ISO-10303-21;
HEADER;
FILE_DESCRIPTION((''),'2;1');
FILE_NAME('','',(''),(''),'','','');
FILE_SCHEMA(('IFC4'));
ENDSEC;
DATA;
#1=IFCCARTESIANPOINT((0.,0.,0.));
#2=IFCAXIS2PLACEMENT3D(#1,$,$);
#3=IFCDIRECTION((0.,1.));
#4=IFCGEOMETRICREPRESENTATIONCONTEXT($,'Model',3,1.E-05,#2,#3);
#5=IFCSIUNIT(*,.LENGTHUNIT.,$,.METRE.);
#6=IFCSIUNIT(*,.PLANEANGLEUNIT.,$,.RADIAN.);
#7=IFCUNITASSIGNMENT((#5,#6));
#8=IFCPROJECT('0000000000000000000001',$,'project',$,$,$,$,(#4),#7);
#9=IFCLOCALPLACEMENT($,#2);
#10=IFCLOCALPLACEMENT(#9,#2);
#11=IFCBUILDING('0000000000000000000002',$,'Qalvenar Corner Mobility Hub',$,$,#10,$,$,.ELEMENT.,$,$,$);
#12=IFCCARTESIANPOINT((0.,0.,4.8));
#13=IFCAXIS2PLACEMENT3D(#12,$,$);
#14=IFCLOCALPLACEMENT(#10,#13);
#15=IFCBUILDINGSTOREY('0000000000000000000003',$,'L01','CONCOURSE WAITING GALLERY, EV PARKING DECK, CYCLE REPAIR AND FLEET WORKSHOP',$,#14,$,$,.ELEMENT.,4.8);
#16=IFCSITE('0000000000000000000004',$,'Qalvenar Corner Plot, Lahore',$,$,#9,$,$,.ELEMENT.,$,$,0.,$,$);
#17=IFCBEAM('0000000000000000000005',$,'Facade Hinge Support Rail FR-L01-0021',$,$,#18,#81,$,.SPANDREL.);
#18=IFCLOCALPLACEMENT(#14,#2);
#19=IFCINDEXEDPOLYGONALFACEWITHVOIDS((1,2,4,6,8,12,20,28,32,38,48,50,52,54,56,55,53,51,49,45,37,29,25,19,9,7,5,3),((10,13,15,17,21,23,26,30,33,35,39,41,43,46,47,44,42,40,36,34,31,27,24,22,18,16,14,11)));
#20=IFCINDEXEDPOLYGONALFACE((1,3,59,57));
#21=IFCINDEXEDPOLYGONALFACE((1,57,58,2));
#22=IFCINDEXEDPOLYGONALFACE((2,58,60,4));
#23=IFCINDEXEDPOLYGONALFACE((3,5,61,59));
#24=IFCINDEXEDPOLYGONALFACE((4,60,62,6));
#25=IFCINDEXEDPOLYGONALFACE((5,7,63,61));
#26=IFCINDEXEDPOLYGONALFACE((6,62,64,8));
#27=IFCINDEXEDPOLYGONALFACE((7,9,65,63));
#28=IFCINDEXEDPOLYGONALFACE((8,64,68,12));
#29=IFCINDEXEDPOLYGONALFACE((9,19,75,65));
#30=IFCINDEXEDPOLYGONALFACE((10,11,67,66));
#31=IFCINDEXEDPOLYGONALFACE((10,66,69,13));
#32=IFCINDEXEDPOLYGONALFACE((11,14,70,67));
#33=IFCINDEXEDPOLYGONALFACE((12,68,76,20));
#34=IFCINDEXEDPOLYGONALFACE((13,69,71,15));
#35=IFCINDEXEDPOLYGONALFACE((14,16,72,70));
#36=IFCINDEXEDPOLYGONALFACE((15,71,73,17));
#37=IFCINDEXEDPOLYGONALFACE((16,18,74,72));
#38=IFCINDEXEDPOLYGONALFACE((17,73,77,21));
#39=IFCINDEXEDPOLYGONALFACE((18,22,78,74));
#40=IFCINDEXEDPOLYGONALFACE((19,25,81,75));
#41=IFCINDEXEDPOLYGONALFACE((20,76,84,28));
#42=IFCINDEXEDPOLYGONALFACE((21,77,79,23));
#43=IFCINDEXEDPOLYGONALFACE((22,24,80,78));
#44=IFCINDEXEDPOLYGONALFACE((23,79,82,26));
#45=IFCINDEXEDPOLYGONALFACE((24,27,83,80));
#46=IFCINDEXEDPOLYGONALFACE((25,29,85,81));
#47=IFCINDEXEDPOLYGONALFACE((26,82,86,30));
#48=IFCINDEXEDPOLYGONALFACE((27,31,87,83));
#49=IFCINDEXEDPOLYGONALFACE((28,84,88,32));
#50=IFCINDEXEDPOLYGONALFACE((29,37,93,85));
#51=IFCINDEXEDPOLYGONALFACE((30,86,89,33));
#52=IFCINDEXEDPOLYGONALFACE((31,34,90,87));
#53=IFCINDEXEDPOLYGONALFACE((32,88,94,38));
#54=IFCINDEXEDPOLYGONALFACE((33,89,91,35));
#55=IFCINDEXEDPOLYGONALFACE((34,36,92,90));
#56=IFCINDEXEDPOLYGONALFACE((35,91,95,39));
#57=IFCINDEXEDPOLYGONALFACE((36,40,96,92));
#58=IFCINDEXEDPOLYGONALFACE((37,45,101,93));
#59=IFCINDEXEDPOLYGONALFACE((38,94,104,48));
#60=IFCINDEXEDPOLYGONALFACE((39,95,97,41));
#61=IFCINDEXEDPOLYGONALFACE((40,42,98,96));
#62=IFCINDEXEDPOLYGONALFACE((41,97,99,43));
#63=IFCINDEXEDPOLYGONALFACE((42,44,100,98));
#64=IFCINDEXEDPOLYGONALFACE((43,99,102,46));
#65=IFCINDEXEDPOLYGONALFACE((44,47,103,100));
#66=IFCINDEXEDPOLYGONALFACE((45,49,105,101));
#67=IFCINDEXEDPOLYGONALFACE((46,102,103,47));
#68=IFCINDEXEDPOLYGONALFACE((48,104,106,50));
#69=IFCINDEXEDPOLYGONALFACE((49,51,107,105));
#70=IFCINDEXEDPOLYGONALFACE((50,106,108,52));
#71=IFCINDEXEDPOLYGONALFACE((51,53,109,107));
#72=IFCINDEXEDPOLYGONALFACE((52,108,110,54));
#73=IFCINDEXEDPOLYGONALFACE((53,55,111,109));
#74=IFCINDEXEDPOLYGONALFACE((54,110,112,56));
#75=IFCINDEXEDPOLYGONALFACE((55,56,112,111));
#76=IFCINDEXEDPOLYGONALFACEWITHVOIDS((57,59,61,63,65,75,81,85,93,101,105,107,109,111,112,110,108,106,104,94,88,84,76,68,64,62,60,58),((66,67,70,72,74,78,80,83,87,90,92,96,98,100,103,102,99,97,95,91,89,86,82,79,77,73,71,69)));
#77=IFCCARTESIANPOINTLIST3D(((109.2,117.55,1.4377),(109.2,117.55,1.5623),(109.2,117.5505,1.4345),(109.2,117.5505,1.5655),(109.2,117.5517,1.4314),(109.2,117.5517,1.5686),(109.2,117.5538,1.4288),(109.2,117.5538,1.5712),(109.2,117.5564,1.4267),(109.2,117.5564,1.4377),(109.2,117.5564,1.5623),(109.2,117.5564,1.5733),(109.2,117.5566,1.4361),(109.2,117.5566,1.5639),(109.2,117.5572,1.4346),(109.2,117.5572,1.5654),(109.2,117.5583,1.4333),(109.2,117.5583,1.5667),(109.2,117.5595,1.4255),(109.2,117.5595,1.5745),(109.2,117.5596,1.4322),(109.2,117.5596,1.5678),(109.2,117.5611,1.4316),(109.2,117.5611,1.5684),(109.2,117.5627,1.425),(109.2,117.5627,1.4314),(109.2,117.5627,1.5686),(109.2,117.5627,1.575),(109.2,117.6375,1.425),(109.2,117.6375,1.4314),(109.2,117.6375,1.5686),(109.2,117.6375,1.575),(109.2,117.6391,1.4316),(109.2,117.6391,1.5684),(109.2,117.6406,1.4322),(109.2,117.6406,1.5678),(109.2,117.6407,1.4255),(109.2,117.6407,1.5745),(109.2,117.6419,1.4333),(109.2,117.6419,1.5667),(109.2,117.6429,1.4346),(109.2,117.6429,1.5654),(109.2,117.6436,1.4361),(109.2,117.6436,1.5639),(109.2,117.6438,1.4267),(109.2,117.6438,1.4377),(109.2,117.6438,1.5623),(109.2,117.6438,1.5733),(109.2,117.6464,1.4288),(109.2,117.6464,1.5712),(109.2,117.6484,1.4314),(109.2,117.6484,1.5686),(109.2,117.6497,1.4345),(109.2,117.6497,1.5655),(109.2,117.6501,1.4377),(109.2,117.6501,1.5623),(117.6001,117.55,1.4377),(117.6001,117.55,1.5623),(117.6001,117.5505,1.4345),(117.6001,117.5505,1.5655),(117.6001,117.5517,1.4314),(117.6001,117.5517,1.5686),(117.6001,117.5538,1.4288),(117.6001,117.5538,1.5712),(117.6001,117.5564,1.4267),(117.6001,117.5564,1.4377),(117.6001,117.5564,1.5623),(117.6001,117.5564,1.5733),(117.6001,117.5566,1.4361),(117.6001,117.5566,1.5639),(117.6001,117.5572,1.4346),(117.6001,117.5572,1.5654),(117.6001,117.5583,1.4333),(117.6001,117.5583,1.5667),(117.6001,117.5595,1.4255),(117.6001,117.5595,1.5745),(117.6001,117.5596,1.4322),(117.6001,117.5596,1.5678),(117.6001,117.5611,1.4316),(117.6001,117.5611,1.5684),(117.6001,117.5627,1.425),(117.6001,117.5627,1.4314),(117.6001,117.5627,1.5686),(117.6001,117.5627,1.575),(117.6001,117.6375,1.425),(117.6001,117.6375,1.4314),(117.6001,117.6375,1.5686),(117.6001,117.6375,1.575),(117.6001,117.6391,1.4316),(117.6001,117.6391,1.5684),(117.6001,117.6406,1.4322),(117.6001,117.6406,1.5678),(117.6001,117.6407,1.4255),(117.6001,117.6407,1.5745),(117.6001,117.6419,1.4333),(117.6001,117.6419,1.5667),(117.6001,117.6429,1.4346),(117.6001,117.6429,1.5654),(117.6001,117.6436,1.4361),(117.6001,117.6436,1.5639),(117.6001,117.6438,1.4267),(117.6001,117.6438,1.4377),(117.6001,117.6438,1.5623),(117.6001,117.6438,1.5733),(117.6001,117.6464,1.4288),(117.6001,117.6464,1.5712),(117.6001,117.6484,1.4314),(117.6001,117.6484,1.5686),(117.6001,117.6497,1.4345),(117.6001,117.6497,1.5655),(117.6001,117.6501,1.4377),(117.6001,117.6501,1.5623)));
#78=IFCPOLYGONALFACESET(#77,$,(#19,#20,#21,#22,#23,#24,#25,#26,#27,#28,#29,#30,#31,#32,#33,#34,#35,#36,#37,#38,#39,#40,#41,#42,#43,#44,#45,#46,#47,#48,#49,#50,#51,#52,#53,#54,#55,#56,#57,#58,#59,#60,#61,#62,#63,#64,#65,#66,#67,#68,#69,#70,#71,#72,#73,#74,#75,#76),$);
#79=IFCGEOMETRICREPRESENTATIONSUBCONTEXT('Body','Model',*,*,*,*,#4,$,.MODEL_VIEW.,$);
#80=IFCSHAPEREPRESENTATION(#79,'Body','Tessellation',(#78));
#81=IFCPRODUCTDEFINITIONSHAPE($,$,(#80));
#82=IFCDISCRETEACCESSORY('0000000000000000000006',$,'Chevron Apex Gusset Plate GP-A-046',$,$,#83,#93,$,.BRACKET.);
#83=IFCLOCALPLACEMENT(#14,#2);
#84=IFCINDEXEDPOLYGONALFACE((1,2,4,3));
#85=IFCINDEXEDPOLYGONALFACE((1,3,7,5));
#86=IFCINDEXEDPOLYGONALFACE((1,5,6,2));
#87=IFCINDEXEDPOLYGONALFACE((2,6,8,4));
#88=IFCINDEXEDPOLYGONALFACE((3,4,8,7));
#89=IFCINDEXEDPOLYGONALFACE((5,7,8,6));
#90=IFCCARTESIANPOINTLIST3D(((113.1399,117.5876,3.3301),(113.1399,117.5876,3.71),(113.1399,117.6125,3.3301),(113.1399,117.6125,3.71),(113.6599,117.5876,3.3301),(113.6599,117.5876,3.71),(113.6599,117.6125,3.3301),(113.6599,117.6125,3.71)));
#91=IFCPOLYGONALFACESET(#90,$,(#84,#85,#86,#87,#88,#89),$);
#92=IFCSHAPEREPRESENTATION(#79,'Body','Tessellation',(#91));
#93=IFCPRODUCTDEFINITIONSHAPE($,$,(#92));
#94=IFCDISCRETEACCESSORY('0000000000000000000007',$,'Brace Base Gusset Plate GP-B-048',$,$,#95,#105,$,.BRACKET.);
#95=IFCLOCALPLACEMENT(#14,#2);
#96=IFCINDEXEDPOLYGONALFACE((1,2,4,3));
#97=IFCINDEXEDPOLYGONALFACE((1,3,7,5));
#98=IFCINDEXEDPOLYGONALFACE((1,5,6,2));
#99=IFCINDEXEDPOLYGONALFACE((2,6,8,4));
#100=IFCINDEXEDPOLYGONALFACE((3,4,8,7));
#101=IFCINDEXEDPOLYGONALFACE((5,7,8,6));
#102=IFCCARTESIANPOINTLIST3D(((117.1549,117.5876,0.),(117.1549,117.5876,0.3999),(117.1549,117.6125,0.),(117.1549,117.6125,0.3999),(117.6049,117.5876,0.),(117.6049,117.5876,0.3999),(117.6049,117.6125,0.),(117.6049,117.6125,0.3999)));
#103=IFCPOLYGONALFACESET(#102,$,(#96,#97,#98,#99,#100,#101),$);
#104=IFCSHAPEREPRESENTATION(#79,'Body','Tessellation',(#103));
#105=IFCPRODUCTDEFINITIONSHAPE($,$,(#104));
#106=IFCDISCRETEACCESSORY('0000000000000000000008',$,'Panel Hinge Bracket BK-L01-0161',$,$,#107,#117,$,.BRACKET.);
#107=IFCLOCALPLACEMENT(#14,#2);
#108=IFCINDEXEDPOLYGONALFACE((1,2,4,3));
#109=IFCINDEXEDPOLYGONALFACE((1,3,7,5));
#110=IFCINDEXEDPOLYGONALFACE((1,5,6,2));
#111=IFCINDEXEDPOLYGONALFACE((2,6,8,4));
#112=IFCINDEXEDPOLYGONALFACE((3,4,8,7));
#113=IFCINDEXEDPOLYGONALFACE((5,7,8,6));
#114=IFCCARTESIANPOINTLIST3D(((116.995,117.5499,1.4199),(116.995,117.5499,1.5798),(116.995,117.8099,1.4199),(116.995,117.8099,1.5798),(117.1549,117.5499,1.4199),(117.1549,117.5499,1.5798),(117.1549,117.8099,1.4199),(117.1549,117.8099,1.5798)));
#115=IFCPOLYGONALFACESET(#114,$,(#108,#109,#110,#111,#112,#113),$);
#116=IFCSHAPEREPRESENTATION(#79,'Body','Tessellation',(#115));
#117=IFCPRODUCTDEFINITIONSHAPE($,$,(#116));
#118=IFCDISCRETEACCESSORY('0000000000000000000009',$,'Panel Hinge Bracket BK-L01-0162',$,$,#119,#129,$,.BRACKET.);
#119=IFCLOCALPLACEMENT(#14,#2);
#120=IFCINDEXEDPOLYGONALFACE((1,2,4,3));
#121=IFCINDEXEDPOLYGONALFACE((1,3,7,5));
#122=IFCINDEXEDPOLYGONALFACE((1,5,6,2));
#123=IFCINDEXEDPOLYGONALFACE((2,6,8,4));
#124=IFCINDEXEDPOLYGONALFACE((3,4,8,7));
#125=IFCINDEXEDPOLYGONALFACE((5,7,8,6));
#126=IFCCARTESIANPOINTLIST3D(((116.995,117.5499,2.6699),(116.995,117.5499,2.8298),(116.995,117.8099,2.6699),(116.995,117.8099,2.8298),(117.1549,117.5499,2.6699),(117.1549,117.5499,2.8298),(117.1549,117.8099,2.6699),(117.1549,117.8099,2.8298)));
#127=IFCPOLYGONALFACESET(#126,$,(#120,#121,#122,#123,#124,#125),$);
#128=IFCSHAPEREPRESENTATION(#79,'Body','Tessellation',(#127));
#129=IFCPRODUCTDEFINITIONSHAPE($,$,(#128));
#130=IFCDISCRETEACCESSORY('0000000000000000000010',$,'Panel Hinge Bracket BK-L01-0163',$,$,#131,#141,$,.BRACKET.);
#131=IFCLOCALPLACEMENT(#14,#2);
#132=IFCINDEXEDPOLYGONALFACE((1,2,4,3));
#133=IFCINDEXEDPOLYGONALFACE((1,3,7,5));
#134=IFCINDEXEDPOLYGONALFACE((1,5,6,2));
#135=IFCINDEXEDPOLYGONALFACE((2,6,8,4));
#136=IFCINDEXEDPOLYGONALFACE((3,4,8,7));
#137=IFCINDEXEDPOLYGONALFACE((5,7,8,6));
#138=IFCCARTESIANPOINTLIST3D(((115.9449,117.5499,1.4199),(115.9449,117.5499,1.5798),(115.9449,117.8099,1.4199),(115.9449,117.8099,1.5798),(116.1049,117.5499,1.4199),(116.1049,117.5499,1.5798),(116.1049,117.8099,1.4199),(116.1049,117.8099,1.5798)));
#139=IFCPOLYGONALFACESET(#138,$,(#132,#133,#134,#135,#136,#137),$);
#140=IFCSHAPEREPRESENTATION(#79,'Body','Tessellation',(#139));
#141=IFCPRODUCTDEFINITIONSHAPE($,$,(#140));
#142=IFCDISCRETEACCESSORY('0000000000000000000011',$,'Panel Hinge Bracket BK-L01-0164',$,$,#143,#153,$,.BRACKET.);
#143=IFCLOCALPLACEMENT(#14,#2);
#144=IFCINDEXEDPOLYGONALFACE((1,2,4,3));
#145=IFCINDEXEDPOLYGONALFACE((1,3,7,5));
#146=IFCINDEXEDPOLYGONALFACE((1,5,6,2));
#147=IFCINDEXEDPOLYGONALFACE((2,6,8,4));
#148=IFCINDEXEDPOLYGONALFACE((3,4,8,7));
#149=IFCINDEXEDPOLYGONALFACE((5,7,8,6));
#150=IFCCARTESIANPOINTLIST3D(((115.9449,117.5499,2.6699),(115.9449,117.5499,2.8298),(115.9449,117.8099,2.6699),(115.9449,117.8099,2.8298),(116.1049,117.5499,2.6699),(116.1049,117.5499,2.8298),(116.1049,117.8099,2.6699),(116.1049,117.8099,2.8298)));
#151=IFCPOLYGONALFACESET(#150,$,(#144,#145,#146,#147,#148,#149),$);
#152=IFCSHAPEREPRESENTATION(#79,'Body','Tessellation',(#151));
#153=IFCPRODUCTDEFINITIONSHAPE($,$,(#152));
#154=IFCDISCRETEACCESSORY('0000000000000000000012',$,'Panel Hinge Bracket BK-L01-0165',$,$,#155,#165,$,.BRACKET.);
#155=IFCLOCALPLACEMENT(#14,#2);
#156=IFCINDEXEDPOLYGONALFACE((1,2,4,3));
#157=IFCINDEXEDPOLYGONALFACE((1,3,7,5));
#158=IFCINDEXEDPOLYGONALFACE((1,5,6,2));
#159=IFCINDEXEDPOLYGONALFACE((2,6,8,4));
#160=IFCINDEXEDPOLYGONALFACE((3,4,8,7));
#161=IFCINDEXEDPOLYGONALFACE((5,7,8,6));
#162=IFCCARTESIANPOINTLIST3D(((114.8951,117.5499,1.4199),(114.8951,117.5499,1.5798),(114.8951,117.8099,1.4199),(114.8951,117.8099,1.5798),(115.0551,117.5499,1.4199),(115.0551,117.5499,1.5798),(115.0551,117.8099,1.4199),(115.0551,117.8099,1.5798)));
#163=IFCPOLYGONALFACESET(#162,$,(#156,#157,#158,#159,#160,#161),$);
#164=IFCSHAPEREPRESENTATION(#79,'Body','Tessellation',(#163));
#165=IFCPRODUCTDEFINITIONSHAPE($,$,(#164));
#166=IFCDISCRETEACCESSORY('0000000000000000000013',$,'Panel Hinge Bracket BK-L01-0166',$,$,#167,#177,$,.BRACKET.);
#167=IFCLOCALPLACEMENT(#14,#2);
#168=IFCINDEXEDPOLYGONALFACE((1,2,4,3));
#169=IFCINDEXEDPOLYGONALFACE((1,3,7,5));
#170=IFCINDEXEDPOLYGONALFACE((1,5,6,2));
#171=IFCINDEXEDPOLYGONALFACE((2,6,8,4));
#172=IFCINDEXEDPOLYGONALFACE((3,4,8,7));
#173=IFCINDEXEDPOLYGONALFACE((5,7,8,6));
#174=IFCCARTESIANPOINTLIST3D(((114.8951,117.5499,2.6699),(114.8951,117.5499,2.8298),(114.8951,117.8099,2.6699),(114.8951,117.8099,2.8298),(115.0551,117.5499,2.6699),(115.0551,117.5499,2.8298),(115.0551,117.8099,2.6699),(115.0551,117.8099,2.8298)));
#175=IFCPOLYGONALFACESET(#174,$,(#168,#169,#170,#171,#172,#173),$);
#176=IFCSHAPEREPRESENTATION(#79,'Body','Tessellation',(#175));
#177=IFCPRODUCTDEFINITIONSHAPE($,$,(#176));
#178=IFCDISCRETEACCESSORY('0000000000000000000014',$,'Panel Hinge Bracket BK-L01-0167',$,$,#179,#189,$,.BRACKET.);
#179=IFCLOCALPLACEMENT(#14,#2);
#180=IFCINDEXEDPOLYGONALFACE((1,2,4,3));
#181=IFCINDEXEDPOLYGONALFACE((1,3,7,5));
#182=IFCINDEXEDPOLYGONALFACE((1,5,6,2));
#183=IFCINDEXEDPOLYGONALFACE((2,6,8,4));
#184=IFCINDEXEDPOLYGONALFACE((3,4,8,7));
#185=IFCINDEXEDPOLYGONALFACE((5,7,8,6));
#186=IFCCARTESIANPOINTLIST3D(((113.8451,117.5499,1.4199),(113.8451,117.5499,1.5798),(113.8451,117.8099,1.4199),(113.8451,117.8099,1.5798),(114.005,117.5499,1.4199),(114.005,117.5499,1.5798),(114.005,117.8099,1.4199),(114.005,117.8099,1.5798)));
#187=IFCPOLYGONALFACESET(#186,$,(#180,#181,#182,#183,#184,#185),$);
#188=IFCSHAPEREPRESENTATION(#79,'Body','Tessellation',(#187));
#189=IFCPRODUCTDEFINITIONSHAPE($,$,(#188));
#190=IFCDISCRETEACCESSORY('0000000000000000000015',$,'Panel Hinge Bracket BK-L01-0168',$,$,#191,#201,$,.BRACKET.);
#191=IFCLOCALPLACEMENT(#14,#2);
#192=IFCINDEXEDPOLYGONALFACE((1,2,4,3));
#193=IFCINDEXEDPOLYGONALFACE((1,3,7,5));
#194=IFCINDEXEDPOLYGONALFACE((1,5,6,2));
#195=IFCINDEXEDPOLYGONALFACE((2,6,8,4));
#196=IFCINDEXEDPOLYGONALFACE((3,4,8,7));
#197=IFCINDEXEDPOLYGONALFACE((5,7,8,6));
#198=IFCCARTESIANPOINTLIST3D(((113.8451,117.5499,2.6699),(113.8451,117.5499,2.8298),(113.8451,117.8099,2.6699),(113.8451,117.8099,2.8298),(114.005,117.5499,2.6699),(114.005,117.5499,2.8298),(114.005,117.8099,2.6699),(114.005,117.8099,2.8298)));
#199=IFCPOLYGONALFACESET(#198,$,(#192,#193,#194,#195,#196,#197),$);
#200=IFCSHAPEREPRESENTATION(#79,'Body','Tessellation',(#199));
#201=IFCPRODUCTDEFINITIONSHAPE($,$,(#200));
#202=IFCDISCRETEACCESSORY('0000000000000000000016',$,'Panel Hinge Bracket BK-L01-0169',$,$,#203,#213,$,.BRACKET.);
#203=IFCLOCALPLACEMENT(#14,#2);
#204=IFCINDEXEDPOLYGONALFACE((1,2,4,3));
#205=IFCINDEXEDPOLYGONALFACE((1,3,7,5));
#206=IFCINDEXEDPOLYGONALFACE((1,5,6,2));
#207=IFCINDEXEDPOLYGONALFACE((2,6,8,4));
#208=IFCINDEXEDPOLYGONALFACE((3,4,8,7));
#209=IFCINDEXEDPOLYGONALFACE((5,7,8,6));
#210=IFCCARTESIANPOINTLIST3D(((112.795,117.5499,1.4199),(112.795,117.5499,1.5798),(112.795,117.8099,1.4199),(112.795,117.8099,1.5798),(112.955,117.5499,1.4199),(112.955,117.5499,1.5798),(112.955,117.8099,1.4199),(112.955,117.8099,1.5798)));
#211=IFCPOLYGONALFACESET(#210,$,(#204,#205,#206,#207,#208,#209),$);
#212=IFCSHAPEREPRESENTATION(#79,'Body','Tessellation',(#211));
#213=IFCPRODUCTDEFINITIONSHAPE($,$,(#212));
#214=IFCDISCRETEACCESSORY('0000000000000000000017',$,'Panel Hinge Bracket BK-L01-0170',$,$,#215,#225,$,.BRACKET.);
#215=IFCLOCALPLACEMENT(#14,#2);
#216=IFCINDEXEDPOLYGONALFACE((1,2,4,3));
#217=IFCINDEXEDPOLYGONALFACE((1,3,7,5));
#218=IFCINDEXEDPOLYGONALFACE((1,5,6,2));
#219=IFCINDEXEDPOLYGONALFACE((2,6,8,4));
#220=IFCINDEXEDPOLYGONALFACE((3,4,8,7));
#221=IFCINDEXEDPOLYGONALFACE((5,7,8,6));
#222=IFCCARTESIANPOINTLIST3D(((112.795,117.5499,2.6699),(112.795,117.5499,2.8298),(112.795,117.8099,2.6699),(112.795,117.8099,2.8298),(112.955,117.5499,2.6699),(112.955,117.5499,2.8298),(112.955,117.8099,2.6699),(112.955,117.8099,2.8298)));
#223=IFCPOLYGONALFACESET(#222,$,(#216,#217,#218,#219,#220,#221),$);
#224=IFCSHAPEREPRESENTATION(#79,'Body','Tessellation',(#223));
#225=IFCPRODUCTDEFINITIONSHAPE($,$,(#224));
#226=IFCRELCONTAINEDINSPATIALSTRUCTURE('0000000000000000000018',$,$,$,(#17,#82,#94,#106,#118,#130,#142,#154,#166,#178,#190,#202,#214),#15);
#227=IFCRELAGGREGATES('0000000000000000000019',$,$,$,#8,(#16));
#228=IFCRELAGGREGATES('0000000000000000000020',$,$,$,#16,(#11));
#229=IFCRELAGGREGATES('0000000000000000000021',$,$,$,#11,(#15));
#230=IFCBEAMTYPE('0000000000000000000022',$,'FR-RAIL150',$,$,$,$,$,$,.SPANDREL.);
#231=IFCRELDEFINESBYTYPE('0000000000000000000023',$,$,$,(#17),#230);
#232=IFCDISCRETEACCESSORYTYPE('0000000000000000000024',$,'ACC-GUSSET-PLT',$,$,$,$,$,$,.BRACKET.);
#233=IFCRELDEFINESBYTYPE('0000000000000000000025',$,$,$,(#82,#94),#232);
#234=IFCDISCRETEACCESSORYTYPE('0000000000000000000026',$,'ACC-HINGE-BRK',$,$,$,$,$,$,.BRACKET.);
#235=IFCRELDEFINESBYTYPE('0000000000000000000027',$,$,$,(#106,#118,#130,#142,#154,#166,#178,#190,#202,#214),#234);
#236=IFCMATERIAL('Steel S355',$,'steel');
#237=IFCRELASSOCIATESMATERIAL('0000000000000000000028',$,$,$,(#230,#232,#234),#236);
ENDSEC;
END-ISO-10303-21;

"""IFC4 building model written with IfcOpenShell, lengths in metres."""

from ifc_helpers import new_model, si_unit, direction, frame, origin, origin_2d, place, context, subcontext, project, spatial, rectangle, hollow_rectangle, extrude, material, material_profile, profile_set, type_object, element, save


model = new_model("IFC4")

# Units and contexts
model_context = context("Model", 3, precision=1e-05, world=origin(), true_north=direction((0.0, 1.0)))
body_context = subcontext(model_context, "Body", "Model", "MODEL_VIEW")
ifc_project = project(units=[si_unit("LENGTHUNIT", "METRE"), si_unit("PLANEANGLEUNIT", "RADIAN")], contexts=[model_context])

# Site, building, storey
site_placement = place(None, origin())
site = spatial("IfcSite", under=ifc_project, at=site_placement, Name="Qalvenar Corner Plot, Lahore", CompositionType="ELEMENT", RefElevation=0.0)
building_placement = place(site_placement, origin())
building = spatial("IfcBuilding", under=site, at=building_placement, Name="Qalvenar Corner Mobility Hub", CompositionType="ELEMENT")
storey_placement = place(building_placement, frame((0.0, 0.0, 4.8)))
storey = spatial("IfcBuildingStorey", under=building, at=storey_placement, Name="L01", Description="CONCOURSE WAITING GALLERY, EV PARKING DECK, CYCLE REPAIR AND FLEET WORKSHOP", CompositionType="ELEMENT", Elevation=4.8)

# Shared definitions
ifc_material = material(Name="Steel S355", Category="steel")

# Beam
ifc_material_profile_1 = material_profile(ifc_material, hollow_rectangle(XDim=0.1001, YDim=0.1499, WallThickness=0.0063, InnerFilletRadius=0.0063, OuterFilletRadius=0.0127, at=origin_2d()), Name="RHS150x100x6.3")
ifc_profile_set_1 = profile_set([ifc_material_profile_1], Name="Steel S355")
beam_type_1 = type_object("IfcBeamType", Name="FR-RAIL150", PredefinedType="SPANDREL", material=ifc_profile_set_1)
beam_1_placement = place(storey_placement, frame((117.6001, 117.6001, 1.5), z_axis=(-1.0, 0.0, 0.0), x_axis=(0.0, -1.0, 0.0)))
element("IfcBeam", 1, at=beam_1_placement, inside=storey, type_object=beam_type_1, Name="Facade Hinge Support Rail FR-L01-0021", PredefinedType="SPANDREL", context=body_context, shape_type="SweptSolid", body=[
    extrude(hollow_rectangle(XDim=0.1001, YDim=0.1499, WallThickness=0.0063, InnerFilletRadius=0.0063, OuterFilletRadius=0.0127, at=origin_2d()), origin(), (0.0, 0.0, 1.0), 8.4001),
])

# Discrete accessories
discrete_accessory_type_1 = type_object("IfcDiscreteAccessoryType", Name="ACC-GUSSET-PLT", PredefinedType="BRACKET", material=ifc_material)
discrete_accessory_1_placement = place(storey_placement, frame((113.3999, 117.6001, 3.3301), z_axis=(0.0, 0.0, 1.0), x_axis=(1.0, 0.0, 0.0)))
element("IfcDiscreteAccessory", 2, at=discrete_accessory_1_placement, inside=storey, type_object=discrete_accessory_type_1, Name="Chevron Apex Gusset Plate GP-A-046", PredefinedType="BRACKET", context=body_context, shape_type="SweptSolid", body=[
    extrude(rectangle(XDim=0.52, YDim=0.0249, at=origin_2d()), origin(), (0.0, 0.0, 1.0), 0.3799),
])
discrete_accessory_2_placement = place(storey_placement, frame((117.3799, 117.6001, 0.0), z_axis=(0.0, 0.0, 1.0), x_axis=(1.0, 0.0, 0.0)))
element("IfcDiscreteAccessory", 3, at=discrete_accessory_2_placement, inside=storey, type_object=discrete_accessory_type_1, Name="Brace Base Gusset Plate GP-B-048", PredefinedType="BRACKET", context=body_context, shape_type="SweptSolid", body=[
    extrude(rectangle(XDim=0.45, YDim=0.0249, at=origin_2d()), origin(), (0.0, 0.0, 1.0), 0.3999),
])
discrete_accessory_type_2 = type_object("IfcDiscreteAccessoryType", Name="ACC-HINGE-BRK", PredefinedType="BRACKET", material=ifc_material)
for number, where, z_axis, x_axis, name in (
    (4, (117.075, 117.6799, 1.4199), (0.0, 0.0, 1.0), (-1.0, 0.0, 0.0), "Panel Hinge Bracket BK-L01-0161"),
    (5, (117.075, 117.6799, 2.6699), (0.0, 0.0, 1.0), (-1.0, 0.0, 0.0), "Panel Hinge Bracket BK-L01-0162"),
    (6, (116.0249, 117.6799, 1.4199), (0.0, 0.0, 1.0), (-1.0, 0.0, 0.0), "Panel Hinge Bracket BK-L01-0163"),
    (7, (116.0249, 117.6799, 2.6699), (0.0, 0.0, 1.0), (-1.0, 0.0, 0.0), "Panel Hinge Bracket BK-L01-0164"),
    (8, (114.9751, 117.6799, 1.4199), (0.0, 0.0, 1.0), (-1.0, 0.0, 0.0), "Panel Hinge Bracket BK-L01-0165"),
    (9, (114.9751, 117.6799, 2.6699), (0.0, 0.0, 1.0), (-1.0, 0.0, 0.0), "Panel Hinge Bracket BK-L01-0166"),
    (10, (113.925, 117.6799, 1.4199), (0.0, 0.0, 1.0), (-1.0, 0.0, 0.0), "Panel Hinge Bracket BK-L01-0167"),
    (11, (113.925, 117.6799, 2.6699), (0.0, 0.0, 1.0), (-1.0, 0.0, 0.0), "Panel Hinge Bracket BK-L01-0168"),
    (12, (112.875, 117.6799, 1.4199), (0.0, 0.0, 1.0), (-1.0, 0.0, 0.0), "Panel Hinge Bracket BK-L01-0169"),
    (13, (112.875, 117.6799, 2.6699), (0.0, 0.0, 1.0), (-1.0, 0.0, 0.0), "Panel Hinge Bracket BK-L01-0170"),
):
    element("IfcDiscreteAccessory", number, at=place(storey_placement, frame(where, z_axis=z_axis, x_axis=x_axis)), inside=storey, type_object=discrete_accessory_type_2, Name=name, PredefinedType="BRACKET", context=body_context, shape_type="SweptSolid", body=[
        extrude(rectangle(XDim=0.1599, YDim=0.26, at=origin_2d()), origin(), (0.0, 0.0, 1.0), 0.1599),
    ])

save(model, "model.ifc")
